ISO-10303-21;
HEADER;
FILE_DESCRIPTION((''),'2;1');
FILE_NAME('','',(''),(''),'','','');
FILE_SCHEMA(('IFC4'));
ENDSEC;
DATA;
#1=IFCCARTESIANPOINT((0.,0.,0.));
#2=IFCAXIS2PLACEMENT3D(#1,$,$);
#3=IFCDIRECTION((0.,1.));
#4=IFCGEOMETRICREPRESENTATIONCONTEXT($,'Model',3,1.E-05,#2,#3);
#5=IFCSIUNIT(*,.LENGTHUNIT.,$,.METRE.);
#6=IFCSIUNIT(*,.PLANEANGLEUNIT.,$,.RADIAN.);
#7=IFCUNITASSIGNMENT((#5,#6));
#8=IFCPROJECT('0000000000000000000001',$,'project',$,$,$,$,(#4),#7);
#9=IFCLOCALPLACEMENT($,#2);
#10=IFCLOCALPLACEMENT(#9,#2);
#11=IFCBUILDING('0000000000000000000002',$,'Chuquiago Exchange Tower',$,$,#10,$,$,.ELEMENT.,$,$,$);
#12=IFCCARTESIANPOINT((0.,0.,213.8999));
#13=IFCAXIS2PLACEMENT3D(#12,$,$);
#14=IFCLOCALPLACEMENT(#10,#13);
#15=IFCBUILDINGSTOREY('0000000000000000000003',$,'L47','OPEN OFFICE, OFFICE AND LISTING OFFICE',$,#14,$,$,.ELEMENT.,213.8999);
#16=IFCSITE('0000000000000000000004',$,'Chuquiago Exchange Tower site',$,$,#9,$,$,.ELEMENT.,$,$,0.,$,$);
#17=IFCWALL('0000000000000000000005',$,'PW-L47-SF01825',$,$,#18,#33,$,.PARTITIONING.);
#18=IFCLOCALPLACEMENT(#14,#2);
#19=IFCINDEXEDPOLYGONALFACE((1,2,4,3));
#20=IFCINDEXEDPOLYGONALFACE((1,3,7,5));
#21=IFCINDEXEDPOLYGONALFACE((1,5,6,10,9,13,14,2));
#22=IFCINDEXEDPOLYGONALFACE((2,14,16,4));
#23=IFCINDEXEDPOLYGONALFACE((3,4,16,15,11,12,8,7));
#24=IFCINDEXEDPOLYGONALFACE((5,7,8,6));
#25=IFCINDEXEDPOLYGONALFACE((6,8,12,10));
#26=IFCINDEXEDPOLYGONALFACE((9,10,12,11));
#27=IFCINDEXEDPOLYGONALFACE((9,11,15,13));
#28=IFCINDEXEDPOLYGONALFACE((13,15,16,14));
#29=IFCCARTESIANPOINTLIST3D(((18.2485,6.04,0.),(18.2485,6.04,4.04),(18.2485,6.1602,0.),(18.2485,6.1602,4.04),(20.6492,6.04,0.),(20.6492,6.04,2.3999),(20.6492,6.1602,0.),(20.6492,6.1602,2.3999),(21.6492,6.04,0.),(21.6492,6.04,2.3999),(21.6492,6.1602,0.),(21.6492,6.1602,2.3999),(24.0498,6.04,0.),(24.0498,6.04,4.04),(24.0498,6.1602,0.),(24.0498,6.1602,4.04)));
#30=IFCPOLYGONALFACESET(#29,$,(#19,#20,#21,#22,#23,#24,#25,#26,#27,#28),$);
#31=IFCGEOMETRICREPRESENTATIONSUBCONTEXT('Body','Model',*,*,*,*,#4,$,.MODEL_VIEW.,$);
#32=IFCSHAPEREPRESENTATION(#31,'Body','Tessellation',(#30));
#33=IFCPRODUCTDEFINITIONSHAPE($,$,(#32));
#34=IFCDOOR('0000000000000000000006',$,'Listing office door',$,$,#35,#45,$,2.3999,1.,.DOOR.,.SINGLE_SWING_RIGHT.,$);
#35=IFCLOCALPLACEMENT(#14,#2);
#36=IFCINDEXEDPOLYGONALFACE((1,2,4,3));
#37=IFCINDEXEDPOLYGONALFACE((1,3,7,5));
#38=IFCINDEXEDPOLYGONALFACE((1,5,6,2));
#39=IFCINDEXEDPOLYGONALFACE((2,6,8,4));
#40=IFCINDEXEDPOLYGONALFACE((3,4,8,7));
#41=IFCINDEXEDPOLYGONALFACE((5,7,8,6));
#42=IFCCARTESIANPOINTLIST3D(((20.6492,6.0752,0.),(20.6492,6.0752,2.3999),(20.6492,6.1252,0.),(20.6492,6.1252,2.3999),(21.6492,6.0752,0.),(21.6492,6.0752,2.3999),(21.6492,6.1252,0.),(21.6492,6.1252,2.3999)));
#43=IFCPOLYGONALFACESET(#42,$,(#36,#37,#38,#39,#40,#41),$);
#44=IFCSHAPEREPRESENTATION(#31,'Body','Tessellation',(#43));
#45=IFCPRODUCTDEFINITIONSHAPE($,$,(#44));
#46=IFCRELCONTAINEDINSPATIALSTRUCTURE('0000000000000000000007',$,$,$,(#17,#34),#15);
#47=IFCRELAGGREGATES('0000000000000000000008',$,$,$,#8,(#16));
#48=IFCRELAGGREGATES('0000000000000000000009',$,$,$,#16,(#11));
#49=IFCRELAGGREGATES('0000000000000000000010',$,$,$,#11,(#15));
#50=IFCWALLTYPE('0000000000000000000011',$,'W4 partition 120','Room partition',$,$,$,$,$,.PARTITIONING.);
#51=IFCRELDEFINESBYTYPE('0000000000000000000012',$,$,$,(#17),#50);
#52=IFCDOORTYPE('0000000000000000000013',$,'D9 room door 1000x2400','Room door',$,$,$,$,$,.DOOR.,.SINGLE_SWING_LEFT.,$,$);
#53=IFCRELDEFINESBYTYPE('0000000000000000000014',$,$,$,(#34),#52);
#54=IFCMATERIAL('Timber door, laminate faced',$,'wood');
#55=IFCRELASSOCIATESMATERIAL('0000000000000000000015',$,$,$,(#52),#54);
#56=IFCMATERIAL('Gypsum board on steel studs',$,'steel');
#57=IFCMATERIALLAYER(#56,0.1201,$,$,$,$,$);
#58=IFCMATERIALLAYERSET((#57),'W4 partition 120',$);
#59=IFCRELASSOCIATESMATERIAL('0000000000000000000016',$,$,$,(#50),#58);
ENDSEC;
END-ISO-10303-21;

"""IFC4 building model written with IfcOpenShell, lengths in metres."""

from ifc_helpers import new_model, si_unit, direction, frame, frame_2d, origin, place, context, subcontext, project, spatial, rectangle, extrude, material, layer, layer_set, type_object, element, fill, save


model = new_model("IFC4")

# Units and contexts
model_context = context("Model", 3, precision=1e-05, world=origin(), true_north=direction((0.0, 1.0)))
body_context = subcontext(model_context, "Body", "Model", "MODEL_VIEW")
ifc_project = project(units=[si_unit("LENGTHUNIT", "METRE"), si_unit("PLANEANGLEUNIT", "RADIAN")], contexts=[model_context])

# Site, building, storey
site_placement = place(None, origin())
site = spatial("IfcSite", under=ifc_project, at=site_placement, Name="Chuquiago Exchange Tower site", CompositionType="ELEMENT", RefElevation=0.0)
building_placement = place(site_placement, origin())
building = spatial("IfcBuilding", under=site, at=building_placement, Name="Chuquiago Exchange Tower", CompositionType="ELEMENT")
storey_placement = place(building_placement, frame((0.0, 0.0, 213.8999)))
storey = spatial("IfcBuildingStorey", under=building, at=storey_placement, Name="L47", Description="OPEN OFFICE, OFFICE AND LISTING OFFICE", CompositionType="ELEMENT", Elevation=213.8999)

# Shared definitions
ifc_material_1 = material(Name="Timber door, laminate faced", Category="wood")
door_type = type_object("IfcDoorType", Name="D9 room door 1000x2400", Description="Room door", OperationType="SINGLE_SWING_LEFT", PredefinedType="DOOR", material=ifc_material_1)

# Shared definitions
ifc_material_2 = material(Name="Gypsum board on steel studs", Category="steel")
ifc_layer_1 = layer(ifc_material_2, 0.1201)
ifc_layer_set_1 = layer_set([ifc_layer_1], Name="W4 partition 120")
wall_type_1 = type_object("IfcWallType", Name="W4 partition 120", Description="Room partition", PredefinedType="PARTITIONING", material=ifc_layer_set_1)

# Wall, opening, door
wall_1_placement = place(storey_placement, frame((18.2485, 6.1001, 0.0), z_axis=(0.0, 0.0, 1.0), x_axis=(1.0, 0.0, 0.0)))
wall_1 = element("IfcWall", 1, at=wall_1_placement, inside=storey, type_object=wall_type_1, Name="PW-L47-SF01825", PredefinedType="PARTITIONING", context=body_context, shape_type="SweptSolid", body=[
    extrude(rectangle(XDim=5.8013, YDim=0.1201, at=frame_2d((2.9006, 0.0))), origin(), (0.0, 0.0, 1.0), 4.04),
])
opening_1_placement = place(wall_1_placement, frame((2.4006, 0.0, 0.0)))
opening_1 = element("IfcOpeningElement", 2, at=opening_1_placement, cuts=wall_1, PredefinedType="OPENING", context=body_context, shape_type="SweptSolid", body=[
    extrude(rectangle(XDim=1.0, YDim=2.3999, at=frame_2d((0.5, 1.2))), frame((0.0, 0.0701, 0.0), z_axis=(0.0, -1.0, 0.0), x_axis=(1.0, 0.0, 0.0)), (0.0, 0.0, 1.0), 0.1401),
])
door_1_placement = place(opening_1_placement, frame((1.0, 0.0, 0.0), z_axis=(0.0, 0.0, 1.0), x_axis=(-1.0, 0.0, 0.0)))
door_1 = element("IfcDoor", 3, at=door_1_placement, inside=storey, type_object=door_type, Name="Listing office door", OperationType="SINGLE_SWING_RIGHT", OverallHeight=2.3999, OverallWidth=1.0, PredefinedType="DOOR", context=body_context, shape_type="SweptSolid", body=[
    extrude(rectangle(XDim=1.0, YDim=2.3999, at=frame_2d((0.5, 1.2))), frame((0.0, 0.0249, 0.0), z_axis=(0.0, -1.0, 0.0), x_axis=(1.0, 0.0, 0.0)), (0.0, 0.0, 1.0), 0.05),
])
fill(opening_1, door_1)

save(model, "model.ifc")
